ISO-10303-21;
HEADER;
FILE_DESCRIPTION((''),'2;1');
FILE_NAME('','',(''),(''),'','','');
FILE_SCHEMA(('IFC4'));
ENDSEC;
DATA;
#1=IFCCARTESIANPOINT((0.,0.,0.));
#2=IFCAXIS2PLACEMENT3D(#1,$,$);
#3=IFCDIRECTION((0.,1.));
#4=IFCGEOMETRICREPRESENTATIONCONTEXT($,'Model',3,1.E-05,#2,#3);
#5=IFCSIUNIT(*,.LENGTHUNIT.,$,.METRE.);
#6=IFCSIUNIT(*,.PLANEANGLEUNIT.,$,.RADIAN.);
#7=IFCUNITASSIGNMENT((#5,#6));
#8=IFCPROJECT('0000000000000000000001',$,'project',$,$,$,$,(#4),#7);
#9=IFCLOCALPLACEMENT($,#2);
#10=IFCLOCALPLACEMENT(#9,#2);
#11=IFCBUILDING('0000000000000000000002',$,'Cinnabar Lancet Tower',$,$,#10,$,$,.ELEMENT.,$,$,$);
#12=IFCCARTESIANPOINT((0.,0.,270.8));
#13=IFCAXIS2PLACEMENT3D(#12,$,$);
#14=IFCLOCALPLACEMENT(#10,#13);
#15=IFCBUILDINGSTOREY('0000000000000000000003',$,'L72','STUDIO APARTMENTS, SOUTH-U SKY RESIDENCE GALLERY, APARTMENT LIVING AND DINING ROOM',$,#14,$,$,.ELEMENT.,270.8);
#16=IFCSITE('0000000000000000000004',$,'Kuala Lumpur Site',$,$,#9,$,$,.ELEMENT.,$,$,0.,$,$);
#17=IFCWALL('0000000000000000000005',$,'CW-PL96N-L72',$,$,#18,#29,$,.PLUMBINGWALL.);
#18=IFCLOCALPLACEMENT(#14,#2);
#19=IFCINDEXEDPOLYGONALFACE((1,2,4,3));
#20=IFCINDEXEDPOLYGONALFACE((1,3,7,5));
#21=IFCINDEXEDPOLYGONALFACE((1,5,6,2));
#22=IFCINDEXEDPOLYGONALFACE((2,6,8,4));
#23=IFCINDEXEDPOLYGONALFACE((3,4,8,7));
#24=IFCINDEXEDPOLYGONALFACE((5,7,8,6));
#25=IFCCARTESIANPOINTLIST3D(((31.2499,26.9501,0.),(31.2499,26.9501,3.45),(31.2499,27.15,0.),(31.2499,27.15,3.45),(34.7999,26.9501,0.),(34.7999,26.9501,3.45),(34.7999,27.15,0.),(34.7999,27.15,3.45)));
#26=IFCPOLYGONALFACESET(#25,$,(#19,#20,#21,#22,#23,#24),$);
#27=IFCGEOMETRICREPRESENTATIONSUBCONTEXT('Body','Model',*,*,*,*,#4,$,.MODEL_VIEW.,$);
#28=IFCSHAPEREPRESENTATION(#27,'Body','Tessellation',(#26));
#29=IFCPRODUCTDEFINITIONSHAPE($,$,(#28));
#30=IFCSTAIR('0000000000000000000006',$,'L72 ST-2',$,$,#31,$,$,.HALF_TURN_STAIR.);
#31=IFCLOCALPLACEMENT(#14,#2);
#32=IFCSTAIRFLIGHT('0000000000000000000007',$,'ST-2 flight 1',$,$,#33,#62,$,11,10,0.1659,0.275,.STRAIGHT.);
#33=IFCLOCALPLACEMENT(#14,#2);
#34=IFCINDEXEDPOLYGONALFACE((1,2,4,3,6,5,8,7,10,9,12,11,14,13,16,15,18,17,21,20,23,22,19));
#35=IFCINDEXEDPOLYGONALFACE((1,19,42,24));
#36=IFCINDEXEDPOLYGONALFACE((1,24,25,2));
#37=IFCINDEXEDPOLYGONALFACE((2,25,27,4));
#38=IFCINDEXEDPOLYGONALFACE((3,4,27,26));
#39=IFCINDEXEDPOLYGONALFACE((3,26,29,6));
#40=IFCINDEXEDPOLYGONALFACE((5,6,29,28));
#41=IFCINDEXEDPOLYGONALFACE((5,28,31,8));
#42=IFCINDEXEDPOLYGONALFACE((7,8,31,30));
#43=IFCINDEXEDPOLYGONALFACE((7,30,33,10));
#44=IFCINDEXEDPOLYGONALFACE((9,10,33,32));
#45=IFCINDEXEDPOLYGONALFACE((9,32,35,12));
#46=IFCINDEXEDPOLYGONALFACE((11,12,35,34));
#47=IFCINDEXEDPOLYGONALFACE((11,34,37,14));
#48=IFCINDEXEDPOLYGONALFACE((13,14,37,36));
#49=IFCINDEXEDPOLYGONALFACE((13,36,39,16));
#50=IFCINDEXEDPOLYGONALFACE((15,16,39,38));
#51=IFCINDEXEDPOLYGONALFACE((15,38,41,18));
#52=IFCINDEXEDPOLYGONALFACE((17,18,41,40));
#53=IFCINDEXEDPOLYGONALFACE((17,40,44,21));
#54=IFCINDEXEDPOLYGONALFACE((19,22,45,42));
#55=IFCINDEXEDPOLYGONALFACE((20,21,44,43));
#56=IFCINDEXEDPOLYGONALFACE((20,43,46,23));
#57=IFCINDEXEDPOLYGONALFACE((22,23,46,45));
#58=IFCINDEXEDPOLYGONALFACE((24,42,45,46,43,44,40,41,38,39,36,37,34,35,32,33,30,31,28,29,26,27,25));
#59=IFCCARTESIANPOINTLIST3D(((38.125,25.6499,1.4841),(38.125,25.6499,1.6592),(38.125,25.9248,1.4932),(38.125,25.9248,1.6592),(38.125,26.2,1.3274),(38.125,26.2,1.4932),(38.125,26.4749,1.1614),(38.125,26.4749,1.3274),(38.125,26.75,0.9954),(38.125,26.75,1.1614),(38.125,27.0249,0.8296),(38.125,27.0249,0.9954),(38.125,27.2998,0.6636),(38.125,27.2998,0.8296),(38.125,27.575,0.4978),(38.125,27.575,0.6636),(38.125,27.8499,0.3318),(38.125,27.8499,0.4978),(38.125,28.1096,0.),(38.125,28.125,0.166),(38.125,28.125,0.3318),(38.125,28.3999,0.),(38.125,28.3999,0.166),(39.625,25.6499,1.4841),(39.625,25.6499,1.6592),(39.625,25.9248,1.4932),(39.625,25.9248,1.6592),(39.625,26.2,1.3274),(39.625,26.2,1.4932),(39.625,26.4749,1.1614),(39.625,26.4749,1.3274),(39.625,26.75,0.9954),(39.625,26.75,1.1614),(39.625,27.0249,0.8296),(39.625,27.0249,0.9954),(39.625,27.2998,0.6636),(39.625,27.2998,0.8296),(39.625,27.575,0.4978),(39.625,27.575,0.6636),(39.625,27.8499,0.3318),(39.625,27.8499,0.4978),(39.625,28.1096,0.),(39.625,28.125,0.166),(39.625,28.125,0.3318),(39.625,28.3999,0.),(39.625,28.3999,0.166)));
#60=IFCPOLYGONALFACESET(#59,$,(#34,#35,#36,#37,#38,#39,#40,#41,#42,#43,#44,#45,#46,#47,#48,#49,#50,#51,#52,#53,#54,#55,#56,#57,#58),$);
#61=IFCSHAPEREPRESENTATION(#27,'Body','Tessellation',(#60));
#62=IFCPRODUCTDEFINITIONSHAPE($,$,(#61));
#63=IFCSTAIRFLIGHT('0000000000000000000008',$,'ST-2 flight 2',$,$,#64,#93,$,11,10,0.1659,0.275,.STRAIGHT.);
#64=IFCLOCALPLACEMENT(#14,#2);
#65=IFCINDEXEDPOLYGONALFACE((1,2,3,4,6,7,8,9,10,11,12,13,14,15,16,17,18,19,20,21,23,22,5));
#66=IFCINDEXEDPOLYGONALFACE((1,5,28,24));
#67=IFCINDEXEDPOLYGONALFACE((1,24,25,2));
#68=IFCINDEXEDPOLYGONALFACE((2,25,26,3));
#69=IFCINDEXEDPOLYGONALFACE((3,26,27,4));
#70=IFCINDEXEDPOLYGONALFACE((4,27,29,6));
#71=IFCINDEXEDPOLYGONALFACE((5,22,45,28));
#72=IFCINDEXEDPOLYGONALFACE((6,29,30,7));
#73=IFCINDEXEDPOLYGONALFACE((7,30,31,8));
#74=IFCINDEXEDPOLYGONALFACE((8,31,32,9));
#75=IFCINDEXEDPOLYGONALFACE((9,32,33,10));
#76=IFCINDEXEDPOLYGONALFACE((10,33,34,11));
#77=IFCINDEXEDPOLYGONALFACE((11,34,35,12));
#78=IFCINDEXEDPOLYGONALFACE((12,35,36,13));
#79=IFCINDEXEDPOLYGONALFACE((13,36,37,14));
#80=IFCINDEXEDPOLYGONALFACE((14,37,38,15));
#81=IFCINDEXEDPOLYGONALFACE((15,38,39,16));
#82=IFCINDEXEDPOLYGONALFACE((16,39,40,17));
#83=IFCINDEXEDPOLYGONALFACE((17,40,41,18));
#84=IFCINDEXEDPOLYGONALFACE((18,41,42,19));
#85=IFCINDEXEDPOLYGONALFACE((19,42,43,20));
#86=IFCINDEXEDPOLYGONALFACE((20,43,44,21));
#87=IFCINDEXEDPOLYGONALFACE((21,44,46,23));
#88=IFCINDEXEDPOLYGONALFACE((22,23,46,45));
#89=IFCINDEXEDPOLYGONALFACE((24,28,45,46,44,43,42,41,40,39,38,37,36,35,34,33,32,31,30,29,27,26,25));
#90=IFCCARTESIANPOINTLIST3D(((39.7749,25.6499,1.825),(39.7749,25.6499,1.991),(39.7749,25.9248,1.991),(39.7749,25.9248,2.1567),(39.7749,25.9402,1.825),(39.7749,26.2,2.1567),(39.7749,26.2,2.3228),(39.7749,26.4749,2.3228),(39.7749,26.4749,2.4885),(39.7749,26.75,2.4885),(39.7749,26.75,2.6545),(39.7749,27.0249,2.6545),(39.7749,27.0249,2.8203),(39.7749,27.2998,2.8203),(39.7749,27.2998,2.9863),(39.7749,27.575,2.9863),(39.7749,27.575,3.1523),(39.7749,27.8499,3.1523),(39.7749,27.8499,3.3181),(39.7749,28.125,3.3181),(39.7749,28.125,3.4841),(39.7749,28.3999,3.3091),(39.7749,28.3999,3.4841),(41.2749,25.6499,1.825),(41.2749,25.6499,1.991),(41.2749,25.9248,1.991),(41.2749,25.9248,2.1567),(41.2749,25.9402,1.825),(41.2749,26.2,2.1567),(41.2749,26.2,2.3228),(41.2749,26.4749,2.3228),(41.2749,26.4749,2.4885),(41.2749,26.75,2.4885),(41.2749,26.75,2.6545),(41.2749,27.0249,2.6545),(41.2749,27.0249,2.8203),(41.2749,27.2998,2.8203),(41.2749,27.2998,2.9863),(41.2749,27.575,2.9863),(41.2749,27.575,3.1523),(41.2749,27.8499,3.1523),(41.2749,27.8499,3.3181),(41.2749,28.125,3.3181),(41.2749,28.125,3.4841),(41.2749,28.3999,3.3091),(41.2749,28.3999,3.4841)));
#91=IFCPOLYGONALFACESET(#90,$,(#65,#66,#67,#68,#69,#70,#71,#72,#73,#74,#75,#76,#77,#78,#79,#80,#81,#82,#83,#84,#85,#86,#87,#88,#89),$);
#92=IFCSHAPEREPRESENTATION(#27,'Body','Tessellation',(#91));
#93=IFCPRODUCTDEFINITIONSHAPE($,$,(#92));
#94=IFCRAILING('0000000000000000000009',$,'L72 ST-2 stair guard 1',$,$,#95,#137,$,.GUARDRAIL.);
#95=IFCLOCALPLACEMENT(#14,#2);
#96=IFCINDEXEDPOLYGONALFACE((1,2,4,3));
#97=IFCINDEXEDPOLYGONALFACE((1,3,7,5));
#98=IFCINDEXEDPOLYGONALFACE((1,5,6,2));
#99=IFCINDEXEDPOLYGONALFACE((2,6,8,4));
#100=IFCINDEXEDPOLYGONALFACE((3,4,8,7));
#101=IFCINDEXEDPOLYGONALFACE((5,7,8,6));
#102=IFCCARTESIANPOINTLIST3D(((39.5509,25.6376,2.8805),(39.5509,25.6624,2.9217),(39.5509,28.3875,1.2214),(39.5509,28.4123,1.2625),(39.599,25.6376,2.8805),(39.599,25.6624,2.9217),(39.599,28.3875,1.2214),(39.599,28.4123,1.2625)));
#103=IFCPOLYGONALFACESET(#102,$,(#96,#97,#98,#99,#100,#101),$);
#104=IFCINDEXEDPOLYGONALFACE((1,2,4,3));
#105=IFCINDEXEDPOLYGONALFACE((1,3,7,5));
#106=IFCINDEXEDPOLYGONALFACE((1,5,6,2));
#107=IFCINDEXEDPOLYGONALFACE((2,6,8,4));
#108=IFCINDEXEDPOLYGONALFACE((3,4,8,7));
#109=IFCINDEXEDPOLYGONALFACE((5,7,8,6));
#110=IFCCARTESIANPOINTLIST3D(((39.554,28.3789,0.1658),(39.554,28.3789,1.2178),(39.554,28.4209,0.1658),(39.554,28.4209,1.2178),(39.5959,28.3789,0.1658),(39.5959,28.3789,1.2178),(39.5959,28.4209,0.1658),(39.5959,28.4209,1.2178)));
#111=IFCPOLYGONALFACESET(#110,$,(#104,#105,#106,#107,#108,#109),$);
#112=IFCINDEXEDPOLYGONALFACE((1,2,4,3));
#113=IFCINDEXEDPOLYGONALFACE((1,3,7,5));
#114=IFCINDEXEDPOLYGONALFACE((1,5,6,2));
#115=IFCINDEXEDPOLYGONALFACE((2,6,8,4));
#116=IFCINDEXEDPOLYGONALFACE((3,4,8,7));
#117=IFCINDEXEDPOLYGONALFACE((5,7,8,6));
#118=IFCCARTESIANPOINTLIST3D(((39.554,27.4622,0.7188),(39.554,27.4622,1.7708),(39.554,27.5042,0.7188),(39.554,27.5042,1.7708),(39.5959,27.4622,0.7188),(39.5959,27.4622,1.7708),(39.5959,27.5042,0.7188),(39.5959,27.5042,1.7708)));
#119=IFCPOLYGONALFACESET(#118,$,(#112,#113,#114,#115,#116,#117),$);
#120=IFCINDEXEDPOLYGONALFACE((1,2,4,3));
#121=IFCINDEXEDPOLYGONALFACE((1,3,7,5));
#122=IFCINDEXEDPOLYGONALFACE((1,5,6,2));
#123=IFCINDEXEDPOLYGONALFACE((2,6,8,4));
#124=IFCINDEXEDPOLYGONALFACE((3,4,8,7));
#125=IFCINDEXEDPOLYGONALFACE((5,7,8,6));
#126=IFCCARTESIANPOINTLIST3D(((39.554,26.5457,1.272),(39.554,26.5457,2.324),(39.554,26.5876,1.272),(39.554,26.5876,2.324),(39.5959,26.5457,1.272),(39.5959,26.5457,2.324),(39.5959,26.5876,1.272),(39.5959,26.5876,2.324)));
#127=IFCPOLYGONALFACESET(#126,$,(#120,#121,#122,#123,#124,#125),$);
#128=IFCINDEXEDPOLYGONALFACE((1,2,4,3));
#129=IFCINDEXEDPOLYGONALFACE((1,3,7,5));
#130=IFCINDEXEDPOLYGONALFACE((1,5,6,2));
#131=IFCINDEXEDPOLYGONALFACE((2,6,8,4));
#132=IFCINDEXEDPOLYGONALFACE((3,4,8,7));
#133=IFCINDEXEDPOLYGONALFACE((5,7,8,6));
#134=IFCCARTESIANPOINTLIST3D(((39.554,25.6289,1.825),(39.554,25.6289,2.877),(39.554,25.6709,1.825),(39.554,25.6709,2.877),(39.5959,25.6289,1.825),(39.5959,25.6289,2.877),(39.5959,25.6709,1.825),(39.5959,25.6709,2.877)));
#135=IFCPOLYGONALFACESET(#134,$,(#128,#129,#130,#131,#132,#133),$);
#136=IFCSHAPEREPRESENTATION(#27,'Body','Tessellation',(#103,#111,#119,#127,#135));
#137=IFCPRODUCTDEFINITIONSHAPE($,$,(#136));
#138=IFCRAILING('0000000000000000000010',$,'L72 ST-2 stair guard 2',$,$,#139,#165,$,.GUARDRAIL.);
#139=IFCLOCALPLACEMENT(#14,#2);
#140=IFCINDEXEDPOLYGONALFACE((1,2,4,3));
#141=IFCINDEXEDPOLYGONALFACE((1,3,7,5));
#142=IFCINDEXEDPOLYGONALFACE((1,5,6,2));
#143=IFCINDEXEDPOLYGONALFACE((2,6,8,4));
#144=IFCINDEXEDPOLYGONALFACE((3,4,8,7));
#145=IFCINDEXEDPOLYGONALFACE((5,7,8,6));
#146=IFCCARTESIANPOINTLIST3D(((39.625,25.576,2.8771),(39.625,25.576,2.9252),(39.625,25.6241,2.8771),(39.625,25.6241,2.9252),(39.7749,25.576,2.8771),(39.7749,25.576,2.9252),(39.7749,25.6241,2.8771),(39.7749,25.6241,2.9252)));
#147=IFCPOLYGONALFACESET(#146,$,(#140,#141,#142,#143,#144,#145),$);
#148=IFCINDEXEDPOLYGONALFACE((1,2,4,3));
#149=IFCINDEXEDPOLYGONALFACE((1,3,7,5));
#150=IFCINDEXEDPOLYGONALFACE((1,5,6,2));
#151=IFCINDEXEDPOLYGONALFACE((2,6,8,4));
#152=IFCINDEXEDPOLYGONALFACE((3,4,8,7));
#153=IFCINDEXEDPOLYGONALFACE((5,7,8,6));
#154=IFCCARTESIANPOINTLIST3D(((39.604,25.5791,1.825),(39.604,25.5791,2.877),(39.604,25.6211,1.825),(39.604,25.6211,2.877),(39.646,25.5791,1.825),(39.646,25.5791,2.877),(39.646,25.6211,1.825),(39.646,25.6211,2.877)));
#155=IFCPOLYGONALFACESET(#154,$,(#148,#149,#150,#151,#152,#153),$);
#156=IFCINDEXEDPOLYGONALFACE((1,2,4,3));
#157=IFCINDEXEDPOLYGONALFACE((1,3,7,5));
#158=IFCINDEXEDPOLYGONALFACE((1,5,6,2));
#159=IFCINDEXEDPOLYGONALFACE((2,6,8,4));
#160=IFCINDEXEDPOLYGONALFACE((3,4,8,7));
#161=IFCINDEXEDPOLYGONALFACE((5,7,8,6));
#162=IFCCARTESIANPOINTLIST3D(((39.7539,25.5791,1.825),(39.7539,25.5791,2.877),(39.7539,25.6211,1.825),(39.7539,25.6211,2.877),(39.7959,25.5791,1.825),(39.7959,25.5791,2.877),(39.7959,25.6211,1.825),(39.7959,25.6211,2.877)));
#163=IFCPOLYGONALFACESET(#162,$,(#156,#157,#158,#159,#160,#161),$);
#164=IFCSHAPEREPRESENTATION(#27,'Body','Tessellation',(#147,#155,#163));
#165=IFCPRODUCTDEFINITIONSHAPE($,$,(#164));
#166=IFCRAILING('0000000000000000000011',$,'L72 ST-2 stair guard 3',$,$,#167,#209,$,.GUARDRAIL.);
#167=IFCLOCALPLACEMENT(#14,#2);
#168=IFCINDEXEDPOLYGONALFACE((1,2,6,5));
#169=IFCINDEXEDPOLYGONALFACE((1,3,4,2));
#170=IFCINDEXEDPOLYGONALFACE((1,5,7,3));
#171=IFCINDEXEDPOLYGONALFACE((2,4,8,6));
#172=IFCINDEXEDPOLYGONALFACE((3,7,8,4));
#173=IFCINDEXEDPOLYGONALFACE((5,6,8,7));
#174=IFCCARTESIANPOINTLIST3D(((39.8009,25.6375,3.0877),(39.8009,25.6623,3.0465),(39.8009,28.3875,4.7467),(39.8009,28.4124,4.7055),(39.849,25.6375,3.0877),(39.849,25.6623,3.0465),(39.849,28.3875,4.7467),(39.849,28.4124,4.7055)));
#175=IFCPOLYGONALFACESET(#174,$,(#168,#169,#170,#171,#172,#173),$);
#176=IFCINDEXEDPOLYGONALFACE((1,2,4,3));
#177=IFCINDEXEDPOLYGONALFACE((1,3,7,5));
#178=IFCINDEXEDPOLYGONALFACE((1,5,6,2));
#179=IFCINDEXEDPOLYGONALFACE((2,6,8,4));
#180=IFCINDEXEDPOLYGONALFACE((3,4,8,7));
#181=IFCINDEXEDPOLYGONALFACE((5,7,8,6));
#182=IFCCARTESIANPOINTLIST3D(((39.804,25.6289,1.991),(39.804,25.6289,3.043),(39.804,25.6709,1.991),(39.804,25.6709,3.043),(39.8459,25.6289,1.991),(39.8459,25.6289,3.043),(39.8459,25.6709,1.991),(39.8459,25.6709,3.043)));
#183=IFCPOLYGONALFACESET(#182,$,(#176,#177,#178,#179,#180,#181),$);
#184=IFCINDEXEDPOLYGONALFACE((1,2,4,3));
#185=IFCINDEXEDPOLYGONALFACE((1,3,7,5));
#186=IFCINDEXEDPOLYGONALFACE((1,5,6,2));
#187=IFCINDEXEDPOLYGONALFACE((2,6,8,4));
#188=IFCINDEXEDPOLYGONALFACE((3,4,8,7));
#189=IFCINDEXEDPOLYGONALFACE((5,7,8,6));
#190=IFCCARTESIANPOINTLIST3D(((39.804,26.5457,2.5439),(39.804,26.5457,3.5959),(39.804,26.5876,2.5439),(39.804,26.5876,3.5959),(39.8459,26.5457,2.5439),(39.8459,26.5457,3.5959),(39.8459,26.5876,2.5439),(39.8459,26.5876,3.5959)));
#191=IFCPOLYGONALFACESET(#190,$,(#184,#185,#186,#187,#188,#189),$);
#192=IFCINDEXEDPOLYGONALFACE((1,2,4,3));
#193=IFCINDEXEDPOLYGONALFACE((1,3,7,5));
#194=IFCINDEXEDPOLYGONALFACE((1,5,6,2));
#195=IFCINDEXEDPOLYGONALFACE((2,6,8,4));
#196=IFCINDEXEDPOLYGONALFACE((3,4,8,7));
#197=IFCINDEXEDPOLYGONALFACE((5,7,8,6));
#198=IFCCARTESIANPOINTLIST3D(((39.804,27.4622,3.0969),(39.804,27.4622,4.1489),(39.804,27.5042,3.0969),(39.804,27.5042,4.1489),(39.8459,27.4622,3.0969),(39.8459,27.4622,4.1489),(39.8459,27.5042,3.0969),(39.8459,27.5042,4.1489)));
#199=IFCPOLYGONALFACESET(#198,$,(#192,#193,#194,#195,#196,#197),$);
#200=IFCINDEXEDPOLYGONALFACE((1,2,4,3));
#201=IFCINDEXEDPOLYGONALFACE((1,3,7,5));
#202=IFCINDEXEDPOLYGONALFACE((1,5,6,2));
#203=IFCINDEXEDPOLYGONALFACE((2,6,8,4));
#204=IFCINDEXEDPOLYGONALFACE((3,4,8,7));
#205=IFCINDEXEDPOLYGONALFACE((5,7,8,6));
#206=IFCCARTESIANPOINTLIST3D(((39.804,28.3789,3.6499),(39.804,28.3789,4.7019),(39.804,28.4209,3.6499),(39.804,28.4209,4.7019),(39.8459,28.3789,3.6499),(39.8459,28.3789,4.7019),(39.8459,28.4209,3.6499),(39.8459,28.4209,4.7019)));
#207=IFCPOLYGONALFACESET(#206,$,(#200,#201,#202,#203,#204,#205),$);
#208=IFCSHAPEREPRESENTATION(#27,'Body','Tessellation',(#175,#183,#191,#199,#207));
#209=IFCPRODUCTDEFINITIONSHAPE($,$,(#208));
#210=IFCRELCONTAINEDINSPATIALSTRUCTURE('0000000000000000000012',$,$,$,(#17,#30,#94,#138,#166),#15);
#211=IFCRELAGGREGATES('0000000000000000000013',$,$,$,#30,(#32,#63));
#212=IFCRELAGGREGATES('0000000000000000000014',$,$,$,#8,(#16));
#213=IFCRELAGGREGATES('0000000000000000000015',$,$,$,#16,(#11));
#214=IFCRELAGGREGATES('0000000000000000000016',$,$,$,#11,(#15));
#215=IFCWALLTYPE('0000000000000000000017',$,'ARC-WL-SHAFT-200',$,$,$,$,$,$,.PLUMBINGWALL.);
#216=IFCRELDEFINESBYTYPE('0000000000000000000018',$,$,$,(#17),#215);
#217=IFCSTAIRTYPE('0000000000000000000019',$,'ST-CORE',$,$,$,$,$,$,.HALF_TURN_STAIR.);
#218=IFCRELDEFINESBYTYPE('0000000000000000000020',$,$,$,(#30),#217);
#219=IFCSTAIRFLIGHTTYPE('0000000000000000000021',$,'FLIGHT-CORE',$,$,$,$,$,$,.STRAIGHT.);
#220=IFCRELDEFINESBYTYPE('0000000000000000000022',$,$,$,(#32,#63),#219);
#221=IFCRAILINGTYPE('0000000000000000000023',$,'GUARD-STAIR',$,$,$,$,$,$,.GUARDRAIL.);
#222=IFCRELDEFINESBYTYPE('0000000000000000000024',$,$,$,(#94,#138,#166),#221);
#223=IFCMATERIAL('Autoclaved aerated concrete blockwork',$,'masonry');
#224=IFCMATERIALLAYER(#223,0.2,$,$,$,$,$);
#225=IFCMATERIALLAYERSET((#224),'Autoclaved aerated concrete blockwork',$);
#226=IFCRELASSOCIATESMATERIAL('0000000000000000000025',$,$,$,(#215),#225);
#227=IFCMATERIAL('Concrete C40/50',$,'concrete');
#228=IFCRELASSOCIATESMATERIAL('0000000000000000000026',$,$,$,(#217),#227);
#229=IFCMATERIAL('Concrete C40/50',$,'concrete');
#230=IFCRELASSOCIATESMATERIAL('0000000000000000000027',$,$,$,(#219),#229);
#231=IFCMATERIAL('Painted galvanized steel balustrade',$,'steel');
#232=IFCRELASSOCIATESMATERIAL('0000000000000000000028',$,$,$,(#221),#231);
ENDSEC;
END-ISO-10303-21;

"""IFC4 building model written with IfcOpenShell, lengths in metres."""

from ifc_helpers import new_model, si_unit, direction, frame, frame_2d, origin, origin_2d, place, context, subcontext, project, spatial, polyline, rectangle, outline, extrude, material, layer, layer_set, type_object, element, aggregate, save


model = new_model("IFC4")

# Units and contexts
model_context = context("Model", 3, precision=1e-05, world=origin(), true_north=direction((0.0, 1.0)))
body_context = subcontext(model_context, "Body", "Model", "MODEL_VIEW")
ifc_project = project(units=[si_unit("LENGTHUNIT", "METRE"), si_unit("PLANEANGLEUNIT", "RADIAN")], contexts=[model_context])

# Site, building, storey
site_placement = place(None, origin())
site = spatial("IfcSite", under=ifc_project, at=site_placement, Name="Kuala Lumpur Site", CompositionType="ELEMENT", RefElevation=0.0)
building_placement = place(site_placement, origin())
building = spatial("IfcBuilding", under=site, at=building_placement, Name="Cinnabar Lancet Tower", CompositionType="ELEMENT")
storey_placement = place(building_placement, frame((0.0, 0.0, 270.8)))
storey = spatial("IfcBuildingStorey", under=building, at=storey_placement, Name="L72", Description="STUDIO APARTMENTS, SOUTH-U SKY RESIDENCE GALLERY, APARTMENT LIVING AND DINING ROOM", CompositionType="ELEMENT", Elevation=270.8)

# Shared definitions
ifc_material_1 = material(Name="Autoclaved aerated concrete blockwork", Category="masonry")
ifc_layer = layer(ifc_material_1, 0.2)
ifc_layer_set = layer_set([ifc_layer], Name="Autoclaved aerated concrete blockwork")
wall_type = type_object("IfcWallType", Name="ARC-WL-SHAFT-200", PredefinedType="PLUMBINGWALL", material=ifc_layer_set)

# Wall
wall_1_placement = place(storey_placement, frame((31.25, 27.05, 0.0), z_axis=(0.0, 0.0, 1.0), x_axis=(1.0, 0.0, 0.0)))
element("IfcWall", 1, at=wall_1_placement, inside=storey, type_object=wall_type, Name="CW-PL96N-L72", PredefinedType="PLUMBINGWALL", context=body_context, shape_type="SweptSolid", body=[
    extrude(rectangle(XDim=3.55, YDim=0.2, at=frame_2d((1.7749, 0.0))), origin(), (0.0, 0.0, 1.0), 3.45),
])

# Stair, stair flights
ifc_material_2 = material(Name="Concrete C40/50", Category="concrete")
stair_type = type_object("IfcStairType", Name="ST-CORE", PredefinedType="HALF_TURN_STAIR", material=ifc_material_2)
stair_placement = place(storey_placement, origin())
stair = element("IfcStair", 2, at=stair_placement, inside=storey, type_object=stair_type, Name="L72 ST-2", PredefinedType="HALF_TURN_STAIR")
ifc_material_3 = material(Name="Concrete C40/50", Category="concrete")
stair_flight_type = type_object("IfcStairFlightType", Name="FLIGHT-CORE", PredefinedType="STRAIGHT", material=ifc_material_3)
stair_flight_1_placement = place(storey_placement, frame((38.875, 28.3999, 0.0), z_axis=(0.0, 0.0, 1.0), x_axis=(0.0, -1.0, 0.0)))
stair_flight_1 = element("IfcStairFlight", 3, at=stair_flight_1_placement, type_object=stair_flight_type, Name="ST-2 flight 1", NumberOfRisers=11, NumberOfTreads=10, PredefinedType="STRAIGHT", RiserHeight=0.1659, TreadLength=0.275, context=body_context, shape_type="SweptSolid", body=[
    extrude(outline(polyline([(0.0, 0.0), (0.0, 0.166), (0.2749, 0.166), (0.2749, 0.3318), (0.55, 0.3318), (0.55, 0.4978), (0.825, 0.4978), (0.825, 0.6636), (1.1001, 0.6636), (1.1001, 0.8296), (1.375, 0.8296), (1.375, 0.9954), (1.6499, 0.9954), (1.6499, 1.1614), (1.925, 1.1614), (1.925, 1.3274), (2.2, 1.3274), (2.2, 1.4932), (2.4751, 1.4932), (2.4751, 1.6592), (2.75, 1.6592), (2.75, 1.825), (2.75, 1.4841), (0.2903, 0.0), (0.0, 0.0)])), frame((0.0, 0.75, 0.0), z_axis=(0.0, -1.0, 0.0), x_axis=(1.0, 0.0, 0.0)), (0.0, 0.0, 1.0), 1.5),
])
stair_flight_2_placement = place(storey_placement, frame((40.5249, 25.6499, 1.825), z_axis=(0.0, 0.0, 1.0), x_axis=(0.0, 1.0, 0.0)))
stair_flight_2 = element("IfcStairFlight", 4, at=stair_flight_2_placement, type_object=stair_flight_type, Name="ST-2 flight 2", NumberOfRisers=11, NumberOfTreads=10, PredefinedType="STRAIGHT", RiserHeight=0.1659, TreadLength=0.275, context=body_context, shape_type="SweptSolid", body=[
    extrude(outline(polyline([(0.0, 0.0), (0.0, 0.166), (0.2749, 0.166), (0.2749, 0.3318), (0.55, 0.3318), (0.55, 0.4978), (0.825, 0.4978), (0.825, 0.6636), (1.1001, 0.6636), (1.1001, 0.8296), (1.375, 0.8296), (1.375, 0.9954), (1.6499, 0.9954), (1.6499, 1.1614), (1.925, 1.1614), (1.925, 1.3274), (2.2, 1.3274), (2.2, 1.4932), (2.4751, 1.4932), (2.4751, 1.6592), (2.75, 1.6592), (2.75, 1.825), (2.75, 1.4841), (0.2903, 0.0), (0.0, 0.0)])), frame((0.0, 0.75, 0.0), z_axis=(0.0, -1.0, 0.0), x_axis=(1.0, 0.0, 0.0)), (0.0, 0.0, 1.0), 1.5),
])
aggregate(stair, [stair_flight_1, stair_flight_2])

# Railings
ifc_material_4 = material(Name="Painted galvanized steel balustrade", Category="steel")
railing_type_1 = type_object("IfcRailingType", Name="GUARD-STAIR", PredefinedType="GUARDRAIL", material=ifc_material_4)
railing_1_placement = place(storey_placement, frame((39.575, 28.3999, 0.1658)))
element("IfcRailing", 5, at=railing_1_placement, inside=storey, type_object=railing_type_1, Name="L72 ST-2 stair guard 1", PredefinedType="GUARDRAIL", context=body_context, shape_type="SweptSolid", body=[
    extrude(rectangle(XDim=0.0481, YDim=0.0481, at=origin_2d()), frame((0.0, 0.0, 1.0762), z_axis=(0.0, -0.856229, 0.516596), x_axis=(1.0, 0.0, 0.0)), (0.0, 0.0, 1.0), 3.2117),
    extrude(rectangle(XDim=0.042, YDim=0.042, at=origin_2d()), origin(), (0.0, 0.0, 1.0), 1.052),
    extrude(rectangle(XDim=0.042, YDim=0.042, at=origin_2d()), frame((0.0, -0.9167, 0.553)), (0.0, 0.0, 1.0), 1.052),
    extrude(rectangle(XDim=0.042, YDim=0.042, at=origin_2d()), frame((0.0, -1.8333, 1.1062)), (0.0, 0.0, 1.0), 1.052),
    extrude(rectangle(XDim=0.042, YDim=0.042, at=origin_2d()), frame((0.0, -2.75, 1.6592)), (0.0, 0.0, 1.0), 1.052),
])
railing_2_placement = place(storey_placement, frame((39.625, 25.6001, 1.825)))
element("IfcRailing", 6, at=railing_2_placement, inside=storey, type_object=railing_type_1, Name="L72 ST-2 stair guard 2", PredefinedType="GUARDRAIL", context=body_context, shape_type="SweptSolid", body=[
    extrude(rectangle(XDim=0.0481, YDim=0.0481, at=origin_2d()), frame((0.0, 0.0, 1.0762), z_axis=(1.0, 0.0, 0.0), x_axis=(0.0, 1.0, 0.0)), (0.0, 0.0, 1.0), 0.1499),
    extrude(rectangle(XDim=0.042, YDim=0.042, at=origin_2d()), origin(), (0.0, 0.0, 1.0), 1.052),
    extrude(rectangle(XDim=0.042, YDim=0.042, at=origin_2d()), frame((0.1499, 0.0, 0.0)), (0.0, 0.0, 1.0), 1.052),
])
railing_3_placement = place(storey_placement, frame((39.825, 25.6499, 1.991)))
element("IfcRailing", 7, at=railing_3_placement, inside=storey, type_object=railing_type_1, Name="L72 ST-2 stair guard 3", PredefinedType="GUARDRAIL", context=body_context, shape_type="SweptSolid", body=[
    extrude(rectangle(XDim=0.0481, YDim=0.0481, at=origin_2d()), frame((0.0, 0.0, 1.0762), z_axis=(0.0, 0.856263, 0.51654), x_axis=(-1.0, 0.0, 0.0)), (0.0, 0.0, 1.0), 3.2117),
    extrude(rectangle(XDim=0.042, YDim=0.042, at=origin_2d()), origin(), (0.0, 0.0, 1.0), 1.052),
    extrude(rectangle(XDim=0.042, YDim=0.042, at=origin_2d()), frame((0.0, 0.9167, 0.553)), (0.0, 0.0, 1.0), 1.052),
    extrude(rectangle(XDim=0.042, YDim=0.042, at=origin_2d()), frame((0.0, 1.8333, 1.106)), (0.0, 0.0, 1.0), 1.052),
    extrude(rectangle(XDim=0.042, YDim=0.042, at=origin_2d()), frame((0.0, 2.75, 1.6589)), (0.0, 0.0, 1.0), 1.052),
])

save(model, "model.ifc")
